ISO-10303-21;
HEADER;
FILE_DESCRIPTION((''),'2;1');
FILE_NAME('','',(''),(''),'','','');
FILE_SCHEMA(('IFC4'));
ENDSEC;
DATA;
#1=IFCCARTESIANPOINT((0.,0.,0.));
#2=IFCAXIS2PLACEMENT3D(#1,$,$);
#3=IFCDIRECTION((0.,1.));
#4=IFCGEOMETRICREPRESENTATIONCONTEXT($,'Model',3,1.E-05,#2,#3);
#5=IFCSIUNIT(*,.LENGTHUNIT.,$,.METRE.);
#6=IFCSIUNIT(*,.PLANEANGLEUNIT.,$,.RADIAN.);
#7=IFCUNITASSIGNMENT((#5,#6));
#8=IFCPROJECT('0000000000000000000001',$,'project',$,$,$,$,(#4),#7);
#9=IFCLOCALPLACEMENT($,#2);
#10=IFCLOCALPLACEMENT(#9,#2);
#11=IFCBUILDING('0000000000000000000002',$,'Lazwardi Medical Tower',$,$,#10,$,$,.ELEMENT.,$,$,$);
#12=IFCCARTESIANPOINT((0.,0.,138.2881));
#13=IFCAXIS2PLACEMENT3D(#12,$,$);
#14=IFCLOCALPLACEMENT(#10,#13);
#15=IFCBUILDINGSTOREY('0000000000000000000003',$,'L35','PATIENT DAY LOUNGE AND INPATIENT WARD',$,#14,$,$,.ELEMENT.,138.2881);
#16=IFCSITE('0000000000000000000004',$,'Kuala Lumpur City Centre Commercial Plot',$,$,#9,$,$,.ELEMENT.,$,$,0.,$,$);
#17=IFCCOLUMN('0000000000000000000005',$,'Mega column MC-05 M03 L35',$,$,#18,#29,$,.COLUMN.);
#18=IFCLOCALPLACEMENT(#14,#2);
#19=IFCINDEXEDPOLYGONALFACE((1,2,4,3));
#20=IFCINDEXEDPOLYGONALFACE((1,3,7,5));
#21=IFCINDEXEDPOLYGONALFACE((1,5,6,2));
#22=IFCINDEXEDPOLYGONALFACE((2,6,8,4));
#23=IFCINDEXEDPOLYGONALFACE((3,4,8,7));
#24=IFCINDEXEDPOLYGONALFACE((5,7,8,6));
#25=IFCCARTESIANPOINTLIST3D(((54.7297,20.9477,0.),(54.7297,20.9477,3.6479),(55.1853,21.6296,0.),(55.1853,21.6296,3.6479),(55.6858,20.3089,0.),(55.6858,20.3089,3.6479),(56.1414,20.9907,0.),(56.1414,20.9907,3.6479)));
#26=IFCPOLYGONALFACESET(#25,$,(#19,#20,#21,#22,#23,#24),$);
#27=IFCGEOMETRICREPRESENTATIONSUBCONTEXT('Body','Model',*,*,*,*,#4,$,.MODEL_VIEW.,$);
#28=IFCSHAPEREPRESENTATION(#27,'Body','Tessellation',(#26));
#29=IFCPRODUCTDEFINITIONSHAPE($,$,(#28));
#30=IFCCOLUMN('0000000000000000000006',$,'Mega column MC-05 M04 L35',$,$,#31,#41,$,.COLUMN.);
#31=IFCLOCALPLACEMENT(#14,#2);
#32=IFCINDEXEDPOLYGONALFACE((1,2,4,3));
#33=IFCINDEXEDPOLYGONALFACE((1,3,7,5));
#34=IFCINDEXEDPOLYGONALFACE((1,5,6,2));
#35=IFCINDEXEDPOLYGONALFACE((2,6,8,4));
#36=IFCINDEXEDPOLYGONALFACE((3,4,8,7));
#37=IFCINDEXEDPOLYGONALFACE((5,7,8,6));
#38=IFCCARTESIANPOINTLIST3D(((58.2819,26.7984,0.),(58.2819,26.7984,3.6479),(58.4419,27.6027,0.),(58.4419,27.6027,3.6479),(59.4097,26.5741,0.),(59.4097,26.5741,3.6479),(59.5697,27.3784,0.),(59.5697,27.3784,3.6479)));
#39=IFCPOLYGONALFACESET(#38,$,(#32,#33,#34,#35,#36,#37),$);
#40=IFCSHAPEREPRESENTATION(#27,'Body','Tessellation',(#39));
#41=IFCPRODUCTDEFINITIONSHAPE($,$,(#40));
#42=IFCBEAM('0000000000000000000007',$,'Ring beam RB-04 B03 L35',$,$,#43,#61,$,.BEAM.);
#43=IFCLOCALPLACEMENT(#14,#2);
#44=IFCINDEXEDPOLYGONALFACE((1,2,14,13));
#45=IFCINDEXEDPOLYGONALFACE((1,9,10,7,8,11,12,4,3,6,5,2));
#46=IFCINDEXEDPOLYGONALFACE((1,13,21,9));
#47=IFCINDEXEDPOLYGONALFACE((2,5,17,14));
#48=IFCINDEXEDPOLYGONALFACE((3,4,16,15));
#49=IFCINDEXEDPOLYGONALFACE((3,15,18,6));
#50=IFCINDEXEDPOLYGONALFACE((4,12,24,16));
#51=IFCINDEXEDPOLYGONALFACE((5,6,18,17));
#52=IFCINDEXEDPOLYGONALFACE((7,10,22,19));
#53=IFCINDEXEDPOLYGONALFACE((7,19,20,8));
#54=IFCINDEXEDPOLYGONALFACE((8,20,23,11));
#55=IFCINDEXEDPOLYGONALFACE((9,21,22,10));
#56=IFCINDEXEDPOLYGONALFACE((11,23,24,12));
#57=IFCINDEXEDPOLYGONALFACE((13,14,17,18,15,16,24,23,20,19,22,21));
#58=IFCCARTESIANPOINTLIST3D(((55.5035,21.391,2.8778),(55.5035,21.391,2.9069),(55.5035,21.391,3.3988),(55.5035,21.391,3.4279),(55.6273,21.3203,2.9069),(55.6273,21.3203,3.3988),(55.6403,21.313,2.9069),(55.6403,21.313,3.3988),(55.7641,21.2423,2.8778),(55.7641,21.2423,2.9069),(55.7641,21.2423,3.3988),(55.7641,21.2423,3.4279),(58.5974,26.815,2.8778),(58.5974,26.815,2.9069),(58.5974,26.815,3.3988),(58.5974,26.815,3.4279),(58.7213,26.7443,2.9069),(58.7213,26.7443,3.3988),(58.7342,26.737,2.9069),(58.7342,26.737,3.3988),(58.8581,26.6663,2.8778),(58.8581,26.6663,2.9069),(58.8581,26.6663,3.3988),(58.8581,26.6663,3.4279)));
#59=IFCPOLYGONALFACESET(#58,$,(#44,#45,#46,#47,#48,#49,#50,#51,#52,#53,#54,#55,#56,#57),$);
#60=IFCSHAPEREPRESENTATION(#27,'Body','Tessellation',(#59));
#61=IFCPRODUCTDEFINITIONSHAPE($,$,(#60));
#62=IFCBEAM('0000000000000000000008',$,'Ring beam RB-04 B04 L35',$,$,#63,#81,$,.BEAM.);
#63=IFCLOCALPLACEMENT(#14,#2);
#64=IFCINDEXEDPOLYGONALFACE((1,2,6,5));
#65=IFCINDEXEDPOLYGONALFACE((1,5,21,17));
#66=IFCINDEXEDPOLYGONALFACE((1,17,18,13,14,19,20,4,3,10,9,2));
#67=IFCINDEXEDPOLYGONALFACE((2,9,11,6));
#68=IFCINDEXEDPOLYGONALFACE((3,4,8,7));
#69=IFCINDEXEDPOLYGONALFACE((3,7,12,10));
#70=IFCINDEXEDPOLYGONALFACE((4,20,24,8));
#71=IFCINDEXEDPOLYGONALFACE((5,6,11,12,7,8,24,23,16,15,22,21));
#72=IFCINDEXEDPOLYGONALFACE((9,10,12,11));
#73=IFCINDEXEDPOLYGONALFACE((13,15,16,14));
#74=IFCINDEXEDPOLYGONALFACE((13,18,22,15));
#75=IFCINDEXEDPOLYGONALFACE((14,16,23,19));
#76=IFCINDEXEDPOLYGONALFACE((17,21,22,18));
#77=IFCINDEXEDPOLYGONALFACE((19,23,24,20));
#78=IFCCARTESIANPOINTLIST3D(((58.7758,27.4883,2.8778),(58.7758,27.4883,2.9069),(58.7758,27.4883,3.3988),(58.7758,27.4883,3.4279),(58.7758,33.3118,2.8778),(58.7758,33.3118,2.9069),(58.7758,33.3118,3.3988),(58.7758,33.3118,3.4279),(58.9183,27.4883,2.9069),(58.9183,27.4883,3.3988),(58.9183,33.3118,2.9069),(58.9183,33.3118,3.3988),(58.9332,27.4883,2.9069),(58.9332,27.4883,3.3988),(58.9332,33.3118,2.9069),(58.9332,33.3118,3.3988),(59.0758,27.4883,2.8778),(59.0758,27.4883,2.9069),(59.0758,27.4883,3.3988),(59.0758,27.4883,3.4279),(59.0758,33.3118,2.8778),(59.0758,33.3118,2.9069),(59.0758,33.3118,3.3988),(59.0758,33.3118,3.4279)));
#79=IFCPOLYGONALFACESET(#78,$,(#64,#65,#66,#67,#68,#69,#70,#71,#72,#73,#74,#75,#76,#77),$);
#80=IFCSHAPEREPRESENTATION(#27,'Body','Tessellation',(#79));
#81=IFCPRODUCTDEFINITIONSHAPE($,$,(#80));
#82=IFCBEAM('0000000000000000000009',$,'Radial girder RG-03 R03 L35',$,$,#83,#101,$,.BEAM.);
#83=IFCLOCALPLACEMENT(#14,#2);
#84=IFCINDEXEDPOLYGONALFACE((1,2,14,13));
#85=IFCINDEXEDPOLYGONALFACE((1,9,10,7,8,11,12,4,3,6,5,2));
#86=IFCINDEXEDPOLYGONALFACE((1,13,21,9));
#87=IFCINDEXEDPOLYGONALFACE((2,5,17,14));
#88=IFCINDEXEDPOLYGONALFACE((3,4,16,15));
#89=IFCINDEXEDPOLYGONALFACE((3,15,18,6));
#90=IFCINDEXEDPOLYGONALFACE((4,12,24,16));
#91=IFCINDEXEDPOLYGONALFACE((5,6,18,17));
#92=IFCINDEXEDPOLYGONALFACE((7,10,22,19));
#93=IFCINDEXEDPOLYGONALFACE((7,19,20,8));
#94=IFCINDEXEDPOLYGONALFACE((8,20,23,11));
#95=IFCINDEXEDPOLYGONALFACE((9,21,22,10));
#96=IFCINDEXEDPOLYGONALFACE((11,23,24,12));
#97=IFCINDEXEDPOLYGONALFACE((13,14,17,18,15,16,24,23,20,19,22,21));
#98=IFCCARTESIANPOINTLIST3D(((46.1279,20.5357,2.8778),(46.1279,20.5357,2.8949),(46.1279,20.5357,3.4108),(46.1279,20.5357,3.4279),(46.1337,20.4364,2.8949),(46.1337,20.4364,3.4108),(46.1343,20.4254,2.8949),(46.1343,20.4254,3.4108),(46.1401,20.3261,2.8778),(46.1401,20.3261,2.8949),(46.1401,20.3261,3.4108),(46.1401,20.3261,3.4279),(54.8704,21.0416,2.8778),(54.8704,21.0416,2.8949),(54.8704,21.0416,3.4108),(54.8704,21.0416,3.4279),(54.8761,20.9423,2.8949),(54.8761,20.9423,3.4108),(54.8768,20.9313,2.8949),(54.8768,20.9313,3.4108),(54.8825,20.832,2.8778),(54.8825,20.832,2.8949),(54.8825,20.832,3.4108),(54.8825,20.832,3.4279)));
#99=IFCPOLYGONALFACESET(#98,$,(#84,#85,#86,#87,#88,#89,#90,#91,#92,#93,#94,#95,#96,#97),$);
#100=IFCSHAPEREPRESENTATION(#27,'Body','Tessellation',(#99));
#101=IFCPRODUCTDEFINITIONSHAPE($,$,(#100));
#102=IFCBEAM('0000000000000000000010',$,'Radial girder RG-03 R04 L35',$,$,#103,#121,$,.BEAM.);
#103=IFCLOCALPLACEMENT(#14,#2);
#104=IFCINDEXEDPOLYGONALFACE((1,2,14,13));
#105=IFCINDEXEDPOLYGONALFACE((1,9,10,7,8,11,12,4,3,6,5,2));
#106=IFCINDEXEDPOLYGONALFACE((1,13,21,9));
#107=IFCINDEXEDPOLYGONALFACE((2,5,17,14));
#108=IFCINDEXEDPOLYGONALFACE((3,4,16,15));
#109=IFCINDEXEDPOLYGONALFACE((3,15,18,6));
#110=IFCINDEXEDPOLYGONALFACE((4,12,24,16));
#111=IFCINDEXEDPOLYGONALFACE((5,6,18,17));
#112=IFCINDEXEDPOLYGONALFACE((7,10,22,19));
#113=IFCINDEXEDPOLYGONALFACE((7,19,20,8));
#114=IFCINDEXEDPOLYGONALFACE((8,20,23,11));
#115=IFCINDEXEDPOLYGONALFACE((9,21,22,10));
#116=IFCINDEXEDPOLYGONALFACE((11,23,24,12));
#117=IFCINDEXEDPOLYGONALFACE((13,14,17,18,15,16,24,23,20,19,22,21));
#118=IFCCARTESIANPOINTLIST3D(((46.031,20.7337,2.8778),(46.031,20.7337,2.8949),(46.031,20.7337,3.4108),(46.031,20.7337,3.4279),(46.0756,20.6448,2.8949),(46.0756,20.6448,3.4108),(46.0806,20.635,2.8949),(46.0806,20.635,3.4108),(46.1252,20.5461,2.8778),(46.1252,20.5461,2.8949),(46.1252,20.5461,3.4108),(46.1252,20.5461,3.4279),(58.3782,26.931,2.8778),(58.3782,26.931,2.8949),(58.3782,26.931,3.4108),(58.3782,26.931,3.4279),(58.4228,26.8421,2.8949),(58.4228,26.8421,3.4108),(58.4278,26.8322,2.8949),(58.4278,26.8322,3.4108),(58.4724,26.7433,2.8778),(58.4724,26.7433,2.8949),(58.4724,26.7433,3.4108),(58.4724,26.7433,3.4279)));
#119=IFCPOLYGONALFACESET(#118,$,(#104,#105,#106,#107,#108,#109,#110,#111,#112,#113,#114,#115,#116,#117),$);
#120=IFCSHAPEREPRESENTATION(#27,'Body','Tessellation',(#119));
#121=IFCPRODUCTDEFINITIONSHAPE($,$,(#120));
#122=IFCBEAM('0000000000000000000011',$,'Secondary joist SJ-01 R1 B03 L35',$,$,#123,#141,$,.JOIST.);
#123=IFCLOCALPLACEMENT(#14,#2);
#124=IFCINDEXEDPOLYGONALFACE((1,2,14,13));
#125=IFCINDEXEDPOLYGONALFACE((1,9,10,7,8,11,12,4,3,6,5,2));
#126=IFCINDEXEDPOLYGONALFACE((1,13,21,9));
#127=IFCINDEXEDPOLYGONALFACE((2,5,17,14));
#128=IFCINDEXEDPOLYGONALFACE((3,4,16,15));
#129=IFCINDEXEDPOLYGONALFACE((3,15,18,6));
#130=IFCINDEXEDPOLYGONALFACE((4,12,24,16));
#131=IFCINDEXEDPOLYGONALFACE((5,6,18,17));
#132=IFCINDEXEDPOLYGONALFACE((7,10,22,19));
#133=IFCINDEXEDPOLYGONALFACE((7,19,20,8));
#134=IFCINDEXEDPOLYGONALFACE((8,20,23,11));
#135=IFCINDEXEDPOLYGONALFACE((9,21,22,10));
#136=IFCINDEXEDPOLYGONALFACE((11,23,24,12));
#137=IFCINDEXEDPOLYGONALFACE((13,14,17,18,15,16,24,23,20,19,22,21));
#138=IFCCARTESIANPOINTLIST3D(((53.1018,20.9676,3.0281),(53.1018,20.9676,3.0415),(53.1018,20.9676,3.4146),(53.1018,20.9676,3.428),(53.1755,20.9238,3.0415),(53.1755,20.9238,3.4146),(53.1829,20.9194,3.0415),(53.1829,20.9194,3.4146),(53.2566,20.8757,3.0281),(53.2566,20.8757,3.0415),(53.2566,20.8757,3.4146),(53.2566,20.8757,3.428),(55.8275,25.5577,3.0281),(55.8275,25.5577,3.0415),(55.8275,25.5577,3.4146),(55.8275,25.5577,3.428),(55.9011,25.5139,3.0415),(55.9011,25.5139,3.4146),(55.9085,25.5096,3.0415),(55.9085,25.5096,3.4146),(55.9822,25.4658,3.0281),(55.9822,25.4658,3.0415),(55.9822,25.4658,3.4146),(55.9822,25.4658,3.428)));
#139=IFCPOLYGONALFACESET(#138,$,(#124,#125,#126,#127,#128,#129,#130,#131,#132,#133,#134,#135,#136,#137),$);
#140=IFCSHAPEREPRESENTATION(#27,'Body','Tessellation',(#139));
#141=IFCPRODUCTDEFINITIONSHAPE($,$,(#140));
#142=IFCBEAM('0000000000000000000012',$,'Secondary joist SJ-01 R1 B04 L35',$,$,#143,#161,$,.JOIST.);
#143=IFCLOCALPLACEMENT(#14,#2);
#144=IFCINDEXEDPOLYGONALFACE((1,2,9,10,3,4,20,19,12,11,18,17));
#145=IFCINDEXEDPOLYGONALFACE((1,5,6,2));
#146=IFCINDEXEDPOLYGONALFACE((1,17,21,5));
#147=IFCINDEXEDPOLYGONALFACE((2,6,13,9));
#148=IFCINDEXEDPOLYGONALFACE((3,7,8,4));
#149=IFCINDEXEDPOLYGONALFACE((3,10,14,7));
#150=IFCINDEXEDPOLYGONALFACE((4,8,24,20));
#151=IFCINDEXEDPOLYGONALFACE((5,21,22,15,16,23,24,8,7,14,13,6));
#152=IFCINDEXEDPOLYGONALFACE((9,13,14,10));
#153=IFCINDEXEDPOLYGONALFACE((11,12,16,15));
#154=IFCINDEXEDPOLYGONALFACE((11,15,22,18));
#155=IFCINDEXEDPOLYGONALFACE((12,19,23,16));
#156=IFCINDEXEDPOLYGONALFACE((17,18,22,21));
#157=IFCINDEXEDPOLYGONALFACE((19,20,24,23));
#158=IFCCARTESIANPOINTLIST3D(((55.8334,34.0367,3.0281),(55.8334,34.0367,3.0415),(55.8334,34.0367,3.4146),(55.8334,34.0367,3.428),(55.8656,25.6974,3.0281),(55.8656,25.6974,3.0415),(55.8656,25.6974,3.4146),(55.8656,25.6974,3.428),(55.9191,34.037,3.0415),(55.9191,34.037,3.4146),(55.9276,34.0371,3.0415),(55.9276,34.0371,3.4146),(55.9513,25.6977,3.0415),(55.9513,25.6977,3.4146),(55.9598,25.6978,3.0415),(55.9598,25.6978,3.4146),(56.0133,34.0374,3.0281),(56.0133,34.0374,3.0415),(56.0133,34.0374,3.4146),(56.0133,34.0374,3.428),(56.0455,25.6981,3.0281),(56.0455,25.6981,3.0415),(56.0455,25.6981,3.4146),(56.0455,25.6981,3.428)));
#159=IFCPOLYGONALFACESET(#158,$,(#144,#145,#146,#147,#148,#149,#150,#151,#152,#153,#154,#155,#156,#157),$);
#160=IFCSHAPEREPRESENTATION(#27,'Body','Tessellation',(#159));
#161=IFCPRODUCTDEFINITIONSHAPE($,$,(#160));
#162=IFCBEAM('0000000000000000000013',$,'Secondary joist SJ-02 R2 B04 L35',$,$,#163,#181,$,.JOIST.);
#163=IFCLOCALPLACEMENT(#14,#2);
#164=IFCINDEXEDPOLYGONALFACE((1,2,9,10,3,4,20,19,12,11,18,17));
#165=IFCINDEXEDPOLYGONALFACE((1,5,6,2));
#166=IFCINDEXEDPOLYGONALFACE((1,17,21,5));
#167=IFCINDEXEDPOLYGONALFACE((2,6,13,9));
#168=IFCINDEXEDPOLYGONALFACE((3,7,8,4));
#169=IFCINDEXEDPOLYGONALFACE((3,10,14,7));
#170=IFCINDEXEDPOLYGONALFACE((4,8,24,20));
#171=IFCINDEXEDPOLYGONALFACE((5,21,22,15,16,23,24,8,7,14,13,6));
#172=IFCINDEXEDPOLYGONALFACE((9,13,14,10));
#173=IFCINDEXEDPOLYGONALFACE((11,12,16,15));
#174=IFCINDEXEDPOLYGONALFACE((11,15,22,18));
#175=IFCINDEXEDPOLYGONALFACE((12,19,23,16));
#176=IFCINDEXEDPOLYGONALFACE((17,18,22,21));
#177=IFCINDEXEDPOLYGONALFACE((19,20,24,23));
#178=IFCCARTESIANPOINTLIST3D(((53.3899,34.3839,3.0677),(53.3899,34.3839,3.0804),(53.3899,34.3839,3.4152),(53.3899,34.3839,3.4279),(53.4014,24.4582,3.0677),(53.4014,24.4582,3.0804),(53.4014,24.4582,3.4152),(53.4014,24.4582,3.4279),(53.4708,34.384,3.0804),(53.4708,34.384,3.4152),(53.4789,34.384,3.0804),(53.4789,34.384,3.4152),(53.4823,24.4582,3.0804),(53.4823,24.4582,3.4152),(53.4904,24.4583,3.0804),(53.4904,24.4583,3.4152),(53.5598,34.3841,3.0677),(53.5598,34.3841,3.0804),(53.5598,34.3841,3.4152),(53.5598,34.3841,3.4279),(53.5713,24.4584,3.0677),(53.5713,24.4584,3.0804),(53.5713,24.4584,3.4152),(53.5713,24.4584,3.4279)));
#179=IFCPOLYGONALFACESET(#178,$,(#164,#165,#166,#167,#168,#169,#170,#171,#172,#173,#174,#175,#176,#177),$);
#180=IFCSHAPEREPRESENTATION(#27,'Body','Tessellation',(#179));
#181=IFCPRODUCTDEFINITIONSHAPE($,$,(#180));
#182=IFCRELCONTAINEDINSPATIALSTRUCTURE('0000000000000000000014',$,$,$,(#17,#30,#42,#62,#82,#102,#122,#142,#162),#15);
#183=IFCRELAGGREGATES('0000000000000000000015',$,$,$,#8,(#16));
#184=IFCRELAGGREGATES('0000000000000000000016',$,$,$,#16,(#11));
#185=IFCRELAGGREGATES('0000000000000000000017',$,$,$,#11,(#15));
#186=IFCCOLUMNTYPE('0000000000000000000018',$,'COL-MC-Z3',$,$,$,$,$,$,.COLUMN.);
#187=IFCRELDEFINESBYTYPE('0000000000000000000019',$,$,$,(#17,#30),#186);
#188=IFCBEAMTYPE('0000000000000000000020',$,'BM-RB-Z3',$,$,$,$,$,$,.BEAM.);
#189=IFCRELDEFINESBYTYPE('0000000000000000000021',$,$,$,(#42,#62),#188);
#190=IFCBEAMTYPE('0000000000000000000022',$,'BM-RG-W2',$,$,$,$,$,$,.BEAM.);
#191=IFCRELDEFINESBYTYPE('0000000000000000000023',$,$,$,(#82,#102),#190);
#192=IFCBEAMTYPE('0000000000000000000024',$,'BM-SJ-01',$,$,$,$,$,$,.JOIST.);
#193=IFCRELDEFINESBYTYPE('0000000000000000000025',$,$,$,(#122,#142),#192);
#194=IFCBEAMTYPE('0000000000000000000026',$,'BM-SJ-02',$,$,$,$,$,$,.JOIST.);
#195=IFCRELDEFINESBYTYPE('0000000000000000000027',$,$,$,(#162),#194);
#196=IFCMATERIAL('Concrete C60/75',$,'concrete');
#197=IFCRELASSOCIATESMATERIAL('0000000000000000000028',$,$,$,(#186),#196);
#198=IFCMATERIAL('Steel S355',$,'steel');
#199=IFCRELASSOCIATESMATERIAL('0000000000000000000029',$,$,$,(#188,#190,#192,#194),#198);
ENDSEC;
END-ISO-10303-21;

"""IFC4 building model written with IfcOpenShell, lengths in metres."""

from ifc_helpers import new_model, si_unit, direction, frame, origin, origin_2d, place, context, subcontext, project, spatial, rectangle, i_section, extrude, material, material_profile, profile_set, type_object, element, save


model = new_model("IFC4")

# Units and contexts
model_context = context("Model", 3, precision=1e-05, world=origin(), true_north=direction((0.0, 1.0)))
body_context = subcontext(model_context, "Body", "Model", "MODEL_VIEW")
ifc_project = project(units=[si_unit("LENGTHUNIT", "METRE"), si_unit("PLANEANGLEUNIT", "RADIAN")], contexts=[model_context])

# Site, building, storey
site_placement = place(None, origin())
site = spatial("IfcSite", under=ifc_project, at=site_placement, Name="Kuala Lumpur City Centre Commercial Plot", CompositionType="ELEMENT", RefElevation=0.0)
building_placement = place(site_placement, origin())
building = spatial("IfcBuilding", under=site, at=building_placement, Name="Lazwardi Medical Tower", CompositionType="ELEMENT")
storey_placement = place(building_placement, frame((0.0, 0.0, 138.2881)))
storey = spatial("IfcBuildingStorey", under=building, at=storey_placement, Name="L35", Description="PATIENT DAY LOUNGE AND INPATIENT WARD", CompositionType="ELEMENT", Elevation=138.2881)

# Columns
ifc_material_1 = material(Name="Concrete C60/75", Category="concrete")
ifc_material_profile_1 = material_profile(ifc_material_1, rectangle(XDim=1.1499, YDim=0.8201, at=origin_2d()), Name="CFT-RECT 1150x820")
ifc_profile_set_1 = profile_set([ifc_material_profile_1], Name="Concrete C60/75")
column_type = type_object("IfcColumnType", Name="COL-MC-Z3", PredefinedType="COLUMN", material=ifc_profile_set_1)
for number, where, z_axis, x_axis, name in (
    (1, (55.4355, 20.9692, 0.0), (0.0, 0.0, 1.0), (0.83147, -0.55557, 0.0), "Mega column MC-05 M03 L35"),
    (2, (58.9258, 27.0884, 0.0), (0.0, 0.0, 1.0), (0.980785, -0.19509, 0.0), "Mega column MC-05 M04 L35"),
):
    element("IfcColumn", number, at=place(storey_placement, frame(where, z_axis=z_axis, x_axis=x_axis)), inside=storey, type_object=column_type, Name=name, PredefinedType="COLUMN", context=body_context, shape_type="SweptSolid", body=[
        extrude(rectangle(XDim=1.1499, YDim=0.8201, at=origin_2d()), origin(), (0.0, 0.0, 1.0), 3.6479),
    ])

# Beams
ifc_material_2 = material(Name="Steel S355", Category="steel")
ifc_material_profile_2 = material_profile(ifc_material_2, i_section(OverallWidth=0.3, OverallDepth=0.55, WebThickness=0.0149, FlangeThickness=0.0291, at=origin_2d()), Name="HEB 550")
ifc_profile_set_2 = profile_set([ifc_material_profile_2], Name="Steel S355")
beam_type_1 = type_object("IfcBeamType", Name="BM-RB-Z3", PredefinedType="BEAM", material=ifc_profile_set_2)
beam_1_placement = place(storey_placement, frame((55.6338, 21.3167, 3.1528), z_axis=(0.495478, 0.868621, 0.0), x_axis=(-0.868621, 0.495478, 0.0)))
element("IfcBeam", 3, at=beam_1_placement, inside=storey, type_object=beam_type_1, Name="Ring beam RB-04 B03 L35", PredefinedType="BEAM", context=body_context, shape_type="SweptSolid", body=[
    extrude(i_section(OverallWidth=0.3, OverallDepth=0.55, WebThickness=0.0149, FlangeThickness=0.0291, at=origin_2d()), origin(), (0.0, 0.0, 1.0), 6.2444),
])
beam_2_placement = place(storey_placement, frame((58.9258, 27.4883, 3.1528), z_axis=(0.0, 1.0, 0.0), x_axis=(-1.0, 0.0, 0.0)))
element("IfcBeam", 4, at=beam_2_placement, inside=storey, type_object=beam_type_1, Name="Ring beam RB-04 B04 L35", PredefinedType="BEAM", context=body_context, shape_type="SweptSolid", body=[
    extrude(i_section(OverallWidth=0.3, OverallDepth=0.55, WebThickness=0.0149, FlangeThickness=0.0291, at=origin_2d()), origin(), (0.0, 0.0, 1.0), 5.8235),
])
ifc_material_profile_3 = material_profile(ifc_material_2, i_section(OverallWidth=0.21, OverallDepth=0.55, WebThickness=0.011, FlangeThickness=0.0171, at=origin_2d()), Name="IPE 550")
ifc_profile_set_3 = profile_set([ifc_material_profile_3], Name="Steel S355")
beam_type_2 = type_object("IfcBeamType", Name="BM-RG-W2", PredefinedType="BEAM", material=ifc_profile_set_3)
beam_3_placement = place(storey_placement, frame((54.8765, 20.9368, 3.1528), z_axis=(-0.99833, -0.057766, 0.0), x_axis=(0.057766, -0.99833, 0.0)))
element("IfcBeam", 5, at=beam_3_placement, inside=storey, type_object=beam_type_2, Name="Radial girder RG-03 R03 L35", PredefinedType="BEAM", context=body_context, shape_type="SweptSolid", body=[
    extrude(i_section(OverallWidth=0.21, OverallDepth=0.55, WebThickness=0.011, FlangeThickness=0.0171, at=origin_2d()), origin(), (0.0, 0.0, 1.0), 8.7571),
])
beam_4_placement = place(storey_placement, frame((58.4253, 26.8372, 3.1528), z_axis=(-0.89374, -0.448584, 0.0), x_axis=(0.448584, -0.89374, 0.0)))
element("IfcBeam", 6, at=beam_4_placement, inside=storey, type_object=beam_type_2, Name="Radial girder RG-03 R04 L35", PredefinedType="BEAM", context=body_context, shape_type="SweptSolid", body=[
    extrude(i_section(OverallWidth=0.21, OverallDepth=0.55, WebThickness=0.011, FlangeThickness=0.0171, at=origin_2d()), origin(), (0.0, 0.0, 1.0), 13.8152),
])
ifc_material_profile_4 = material_profile(ifc_material_2, i_section(OverallWidth=0.1799, OverallDepth=0.3999, WebThickness=0.0085, FlangeThickness=0.0134, at=origin_2d()), Name="IPE 400")
ifc_profile_set_4 = profile_set([ifc_material_profile_4], Name="Steel S355")
beam_type_3 = type_object("IfcBeamType", Name="BM-SJ-01", PredefinedType="JOIST", material=ifc_profile_set_4)
beam_5_placement = place(storey_placement, frame((53.1792, 20.9216, 3.228), z_axis=(0.510569, 0.859837, 0.0), x_axis=(-0.859837, 0.510569, 0.0)))
element("IfcBeam", 7, at=beam_5_placement, inside=storey, type_object=beam_type_3, Name="Secondary joist SJ-01 R1 B03 L35", PredefinedType="JOIST", context=body_context, shape_type="SweptSolid", body=[
    extrude(i_section(OverallWidth=0.1799, OverallDepth=0.3999, WebThickness=0.0085, FlangeThickness=0.0134, at=origin_2d()), origin(), (0.0, 0.0, 1.0), 5.3384),
])
beam_6_placement = place(storey_placement, frame((55.9556, 25.6978, 3.228), z_axis=(-0.003864, 0.999993, 0.0), x_axis=(-0.999993, -0.003864, 0.0)))
element("IfcBeam", 8, at=beam_6_placement, inside=storey, type_object=beam_type_3, Name="Secondary joist SJ-01 R1 B04 L35", PredefinedType="JOIST", context=body_context, shape_type="SweptSolid", body=[
    extrude(i_section(OverallWidth=0.1799, OverallDepth=0.3999, WebThickness=0.0085, FlangeThickness=0.0134, at=origin_2d()), origin(), (0.0, 0.0, 1.0), 8.3394),
])
ifc_material_profile_5 = material_profile(ifc_material_2, i_section(OverallWidth=0.1699, OverallDepth=0.3601, WebThickness=0.0081, FlangeThickness=0.0127, at=origin_2d()), Name="IPE 360")
ifc_profile_set_5 = profile_set([ifc_material_profile_5], Name="Steel S355")
beam_type_4 = type_object("IfcBeamType", Name="BM-SJ-02", PredefinedType="JOIST", material=ifc_profile_set_5)
beam_7_placement = place(storey_placement, frame((53.4863, 24.4583, 3.2478), z_axis=(-0.001156, 0.999999, 0.0), x_axis=(-0.999999, -0.001156, 0.0)))
element("IfcBeam", 9, at=beam_7_placement, inside=storey, type_object=beam_type_4, Name="Secondary joist SJ-02 R2 B04 L35", PredefinedType="JOIST", context=body_context, shape_type="SweptSolid", body=[
    extrude(i_section(OverallWidth=0.1699, OverallDepth=0.3601, WebThickness=0.0081, FlangeThickness=0.0127, at=origin_2d()), origin(), (0.0, 0.0, 1.0), 9.9258),
])

save(model, "model.ifc")
